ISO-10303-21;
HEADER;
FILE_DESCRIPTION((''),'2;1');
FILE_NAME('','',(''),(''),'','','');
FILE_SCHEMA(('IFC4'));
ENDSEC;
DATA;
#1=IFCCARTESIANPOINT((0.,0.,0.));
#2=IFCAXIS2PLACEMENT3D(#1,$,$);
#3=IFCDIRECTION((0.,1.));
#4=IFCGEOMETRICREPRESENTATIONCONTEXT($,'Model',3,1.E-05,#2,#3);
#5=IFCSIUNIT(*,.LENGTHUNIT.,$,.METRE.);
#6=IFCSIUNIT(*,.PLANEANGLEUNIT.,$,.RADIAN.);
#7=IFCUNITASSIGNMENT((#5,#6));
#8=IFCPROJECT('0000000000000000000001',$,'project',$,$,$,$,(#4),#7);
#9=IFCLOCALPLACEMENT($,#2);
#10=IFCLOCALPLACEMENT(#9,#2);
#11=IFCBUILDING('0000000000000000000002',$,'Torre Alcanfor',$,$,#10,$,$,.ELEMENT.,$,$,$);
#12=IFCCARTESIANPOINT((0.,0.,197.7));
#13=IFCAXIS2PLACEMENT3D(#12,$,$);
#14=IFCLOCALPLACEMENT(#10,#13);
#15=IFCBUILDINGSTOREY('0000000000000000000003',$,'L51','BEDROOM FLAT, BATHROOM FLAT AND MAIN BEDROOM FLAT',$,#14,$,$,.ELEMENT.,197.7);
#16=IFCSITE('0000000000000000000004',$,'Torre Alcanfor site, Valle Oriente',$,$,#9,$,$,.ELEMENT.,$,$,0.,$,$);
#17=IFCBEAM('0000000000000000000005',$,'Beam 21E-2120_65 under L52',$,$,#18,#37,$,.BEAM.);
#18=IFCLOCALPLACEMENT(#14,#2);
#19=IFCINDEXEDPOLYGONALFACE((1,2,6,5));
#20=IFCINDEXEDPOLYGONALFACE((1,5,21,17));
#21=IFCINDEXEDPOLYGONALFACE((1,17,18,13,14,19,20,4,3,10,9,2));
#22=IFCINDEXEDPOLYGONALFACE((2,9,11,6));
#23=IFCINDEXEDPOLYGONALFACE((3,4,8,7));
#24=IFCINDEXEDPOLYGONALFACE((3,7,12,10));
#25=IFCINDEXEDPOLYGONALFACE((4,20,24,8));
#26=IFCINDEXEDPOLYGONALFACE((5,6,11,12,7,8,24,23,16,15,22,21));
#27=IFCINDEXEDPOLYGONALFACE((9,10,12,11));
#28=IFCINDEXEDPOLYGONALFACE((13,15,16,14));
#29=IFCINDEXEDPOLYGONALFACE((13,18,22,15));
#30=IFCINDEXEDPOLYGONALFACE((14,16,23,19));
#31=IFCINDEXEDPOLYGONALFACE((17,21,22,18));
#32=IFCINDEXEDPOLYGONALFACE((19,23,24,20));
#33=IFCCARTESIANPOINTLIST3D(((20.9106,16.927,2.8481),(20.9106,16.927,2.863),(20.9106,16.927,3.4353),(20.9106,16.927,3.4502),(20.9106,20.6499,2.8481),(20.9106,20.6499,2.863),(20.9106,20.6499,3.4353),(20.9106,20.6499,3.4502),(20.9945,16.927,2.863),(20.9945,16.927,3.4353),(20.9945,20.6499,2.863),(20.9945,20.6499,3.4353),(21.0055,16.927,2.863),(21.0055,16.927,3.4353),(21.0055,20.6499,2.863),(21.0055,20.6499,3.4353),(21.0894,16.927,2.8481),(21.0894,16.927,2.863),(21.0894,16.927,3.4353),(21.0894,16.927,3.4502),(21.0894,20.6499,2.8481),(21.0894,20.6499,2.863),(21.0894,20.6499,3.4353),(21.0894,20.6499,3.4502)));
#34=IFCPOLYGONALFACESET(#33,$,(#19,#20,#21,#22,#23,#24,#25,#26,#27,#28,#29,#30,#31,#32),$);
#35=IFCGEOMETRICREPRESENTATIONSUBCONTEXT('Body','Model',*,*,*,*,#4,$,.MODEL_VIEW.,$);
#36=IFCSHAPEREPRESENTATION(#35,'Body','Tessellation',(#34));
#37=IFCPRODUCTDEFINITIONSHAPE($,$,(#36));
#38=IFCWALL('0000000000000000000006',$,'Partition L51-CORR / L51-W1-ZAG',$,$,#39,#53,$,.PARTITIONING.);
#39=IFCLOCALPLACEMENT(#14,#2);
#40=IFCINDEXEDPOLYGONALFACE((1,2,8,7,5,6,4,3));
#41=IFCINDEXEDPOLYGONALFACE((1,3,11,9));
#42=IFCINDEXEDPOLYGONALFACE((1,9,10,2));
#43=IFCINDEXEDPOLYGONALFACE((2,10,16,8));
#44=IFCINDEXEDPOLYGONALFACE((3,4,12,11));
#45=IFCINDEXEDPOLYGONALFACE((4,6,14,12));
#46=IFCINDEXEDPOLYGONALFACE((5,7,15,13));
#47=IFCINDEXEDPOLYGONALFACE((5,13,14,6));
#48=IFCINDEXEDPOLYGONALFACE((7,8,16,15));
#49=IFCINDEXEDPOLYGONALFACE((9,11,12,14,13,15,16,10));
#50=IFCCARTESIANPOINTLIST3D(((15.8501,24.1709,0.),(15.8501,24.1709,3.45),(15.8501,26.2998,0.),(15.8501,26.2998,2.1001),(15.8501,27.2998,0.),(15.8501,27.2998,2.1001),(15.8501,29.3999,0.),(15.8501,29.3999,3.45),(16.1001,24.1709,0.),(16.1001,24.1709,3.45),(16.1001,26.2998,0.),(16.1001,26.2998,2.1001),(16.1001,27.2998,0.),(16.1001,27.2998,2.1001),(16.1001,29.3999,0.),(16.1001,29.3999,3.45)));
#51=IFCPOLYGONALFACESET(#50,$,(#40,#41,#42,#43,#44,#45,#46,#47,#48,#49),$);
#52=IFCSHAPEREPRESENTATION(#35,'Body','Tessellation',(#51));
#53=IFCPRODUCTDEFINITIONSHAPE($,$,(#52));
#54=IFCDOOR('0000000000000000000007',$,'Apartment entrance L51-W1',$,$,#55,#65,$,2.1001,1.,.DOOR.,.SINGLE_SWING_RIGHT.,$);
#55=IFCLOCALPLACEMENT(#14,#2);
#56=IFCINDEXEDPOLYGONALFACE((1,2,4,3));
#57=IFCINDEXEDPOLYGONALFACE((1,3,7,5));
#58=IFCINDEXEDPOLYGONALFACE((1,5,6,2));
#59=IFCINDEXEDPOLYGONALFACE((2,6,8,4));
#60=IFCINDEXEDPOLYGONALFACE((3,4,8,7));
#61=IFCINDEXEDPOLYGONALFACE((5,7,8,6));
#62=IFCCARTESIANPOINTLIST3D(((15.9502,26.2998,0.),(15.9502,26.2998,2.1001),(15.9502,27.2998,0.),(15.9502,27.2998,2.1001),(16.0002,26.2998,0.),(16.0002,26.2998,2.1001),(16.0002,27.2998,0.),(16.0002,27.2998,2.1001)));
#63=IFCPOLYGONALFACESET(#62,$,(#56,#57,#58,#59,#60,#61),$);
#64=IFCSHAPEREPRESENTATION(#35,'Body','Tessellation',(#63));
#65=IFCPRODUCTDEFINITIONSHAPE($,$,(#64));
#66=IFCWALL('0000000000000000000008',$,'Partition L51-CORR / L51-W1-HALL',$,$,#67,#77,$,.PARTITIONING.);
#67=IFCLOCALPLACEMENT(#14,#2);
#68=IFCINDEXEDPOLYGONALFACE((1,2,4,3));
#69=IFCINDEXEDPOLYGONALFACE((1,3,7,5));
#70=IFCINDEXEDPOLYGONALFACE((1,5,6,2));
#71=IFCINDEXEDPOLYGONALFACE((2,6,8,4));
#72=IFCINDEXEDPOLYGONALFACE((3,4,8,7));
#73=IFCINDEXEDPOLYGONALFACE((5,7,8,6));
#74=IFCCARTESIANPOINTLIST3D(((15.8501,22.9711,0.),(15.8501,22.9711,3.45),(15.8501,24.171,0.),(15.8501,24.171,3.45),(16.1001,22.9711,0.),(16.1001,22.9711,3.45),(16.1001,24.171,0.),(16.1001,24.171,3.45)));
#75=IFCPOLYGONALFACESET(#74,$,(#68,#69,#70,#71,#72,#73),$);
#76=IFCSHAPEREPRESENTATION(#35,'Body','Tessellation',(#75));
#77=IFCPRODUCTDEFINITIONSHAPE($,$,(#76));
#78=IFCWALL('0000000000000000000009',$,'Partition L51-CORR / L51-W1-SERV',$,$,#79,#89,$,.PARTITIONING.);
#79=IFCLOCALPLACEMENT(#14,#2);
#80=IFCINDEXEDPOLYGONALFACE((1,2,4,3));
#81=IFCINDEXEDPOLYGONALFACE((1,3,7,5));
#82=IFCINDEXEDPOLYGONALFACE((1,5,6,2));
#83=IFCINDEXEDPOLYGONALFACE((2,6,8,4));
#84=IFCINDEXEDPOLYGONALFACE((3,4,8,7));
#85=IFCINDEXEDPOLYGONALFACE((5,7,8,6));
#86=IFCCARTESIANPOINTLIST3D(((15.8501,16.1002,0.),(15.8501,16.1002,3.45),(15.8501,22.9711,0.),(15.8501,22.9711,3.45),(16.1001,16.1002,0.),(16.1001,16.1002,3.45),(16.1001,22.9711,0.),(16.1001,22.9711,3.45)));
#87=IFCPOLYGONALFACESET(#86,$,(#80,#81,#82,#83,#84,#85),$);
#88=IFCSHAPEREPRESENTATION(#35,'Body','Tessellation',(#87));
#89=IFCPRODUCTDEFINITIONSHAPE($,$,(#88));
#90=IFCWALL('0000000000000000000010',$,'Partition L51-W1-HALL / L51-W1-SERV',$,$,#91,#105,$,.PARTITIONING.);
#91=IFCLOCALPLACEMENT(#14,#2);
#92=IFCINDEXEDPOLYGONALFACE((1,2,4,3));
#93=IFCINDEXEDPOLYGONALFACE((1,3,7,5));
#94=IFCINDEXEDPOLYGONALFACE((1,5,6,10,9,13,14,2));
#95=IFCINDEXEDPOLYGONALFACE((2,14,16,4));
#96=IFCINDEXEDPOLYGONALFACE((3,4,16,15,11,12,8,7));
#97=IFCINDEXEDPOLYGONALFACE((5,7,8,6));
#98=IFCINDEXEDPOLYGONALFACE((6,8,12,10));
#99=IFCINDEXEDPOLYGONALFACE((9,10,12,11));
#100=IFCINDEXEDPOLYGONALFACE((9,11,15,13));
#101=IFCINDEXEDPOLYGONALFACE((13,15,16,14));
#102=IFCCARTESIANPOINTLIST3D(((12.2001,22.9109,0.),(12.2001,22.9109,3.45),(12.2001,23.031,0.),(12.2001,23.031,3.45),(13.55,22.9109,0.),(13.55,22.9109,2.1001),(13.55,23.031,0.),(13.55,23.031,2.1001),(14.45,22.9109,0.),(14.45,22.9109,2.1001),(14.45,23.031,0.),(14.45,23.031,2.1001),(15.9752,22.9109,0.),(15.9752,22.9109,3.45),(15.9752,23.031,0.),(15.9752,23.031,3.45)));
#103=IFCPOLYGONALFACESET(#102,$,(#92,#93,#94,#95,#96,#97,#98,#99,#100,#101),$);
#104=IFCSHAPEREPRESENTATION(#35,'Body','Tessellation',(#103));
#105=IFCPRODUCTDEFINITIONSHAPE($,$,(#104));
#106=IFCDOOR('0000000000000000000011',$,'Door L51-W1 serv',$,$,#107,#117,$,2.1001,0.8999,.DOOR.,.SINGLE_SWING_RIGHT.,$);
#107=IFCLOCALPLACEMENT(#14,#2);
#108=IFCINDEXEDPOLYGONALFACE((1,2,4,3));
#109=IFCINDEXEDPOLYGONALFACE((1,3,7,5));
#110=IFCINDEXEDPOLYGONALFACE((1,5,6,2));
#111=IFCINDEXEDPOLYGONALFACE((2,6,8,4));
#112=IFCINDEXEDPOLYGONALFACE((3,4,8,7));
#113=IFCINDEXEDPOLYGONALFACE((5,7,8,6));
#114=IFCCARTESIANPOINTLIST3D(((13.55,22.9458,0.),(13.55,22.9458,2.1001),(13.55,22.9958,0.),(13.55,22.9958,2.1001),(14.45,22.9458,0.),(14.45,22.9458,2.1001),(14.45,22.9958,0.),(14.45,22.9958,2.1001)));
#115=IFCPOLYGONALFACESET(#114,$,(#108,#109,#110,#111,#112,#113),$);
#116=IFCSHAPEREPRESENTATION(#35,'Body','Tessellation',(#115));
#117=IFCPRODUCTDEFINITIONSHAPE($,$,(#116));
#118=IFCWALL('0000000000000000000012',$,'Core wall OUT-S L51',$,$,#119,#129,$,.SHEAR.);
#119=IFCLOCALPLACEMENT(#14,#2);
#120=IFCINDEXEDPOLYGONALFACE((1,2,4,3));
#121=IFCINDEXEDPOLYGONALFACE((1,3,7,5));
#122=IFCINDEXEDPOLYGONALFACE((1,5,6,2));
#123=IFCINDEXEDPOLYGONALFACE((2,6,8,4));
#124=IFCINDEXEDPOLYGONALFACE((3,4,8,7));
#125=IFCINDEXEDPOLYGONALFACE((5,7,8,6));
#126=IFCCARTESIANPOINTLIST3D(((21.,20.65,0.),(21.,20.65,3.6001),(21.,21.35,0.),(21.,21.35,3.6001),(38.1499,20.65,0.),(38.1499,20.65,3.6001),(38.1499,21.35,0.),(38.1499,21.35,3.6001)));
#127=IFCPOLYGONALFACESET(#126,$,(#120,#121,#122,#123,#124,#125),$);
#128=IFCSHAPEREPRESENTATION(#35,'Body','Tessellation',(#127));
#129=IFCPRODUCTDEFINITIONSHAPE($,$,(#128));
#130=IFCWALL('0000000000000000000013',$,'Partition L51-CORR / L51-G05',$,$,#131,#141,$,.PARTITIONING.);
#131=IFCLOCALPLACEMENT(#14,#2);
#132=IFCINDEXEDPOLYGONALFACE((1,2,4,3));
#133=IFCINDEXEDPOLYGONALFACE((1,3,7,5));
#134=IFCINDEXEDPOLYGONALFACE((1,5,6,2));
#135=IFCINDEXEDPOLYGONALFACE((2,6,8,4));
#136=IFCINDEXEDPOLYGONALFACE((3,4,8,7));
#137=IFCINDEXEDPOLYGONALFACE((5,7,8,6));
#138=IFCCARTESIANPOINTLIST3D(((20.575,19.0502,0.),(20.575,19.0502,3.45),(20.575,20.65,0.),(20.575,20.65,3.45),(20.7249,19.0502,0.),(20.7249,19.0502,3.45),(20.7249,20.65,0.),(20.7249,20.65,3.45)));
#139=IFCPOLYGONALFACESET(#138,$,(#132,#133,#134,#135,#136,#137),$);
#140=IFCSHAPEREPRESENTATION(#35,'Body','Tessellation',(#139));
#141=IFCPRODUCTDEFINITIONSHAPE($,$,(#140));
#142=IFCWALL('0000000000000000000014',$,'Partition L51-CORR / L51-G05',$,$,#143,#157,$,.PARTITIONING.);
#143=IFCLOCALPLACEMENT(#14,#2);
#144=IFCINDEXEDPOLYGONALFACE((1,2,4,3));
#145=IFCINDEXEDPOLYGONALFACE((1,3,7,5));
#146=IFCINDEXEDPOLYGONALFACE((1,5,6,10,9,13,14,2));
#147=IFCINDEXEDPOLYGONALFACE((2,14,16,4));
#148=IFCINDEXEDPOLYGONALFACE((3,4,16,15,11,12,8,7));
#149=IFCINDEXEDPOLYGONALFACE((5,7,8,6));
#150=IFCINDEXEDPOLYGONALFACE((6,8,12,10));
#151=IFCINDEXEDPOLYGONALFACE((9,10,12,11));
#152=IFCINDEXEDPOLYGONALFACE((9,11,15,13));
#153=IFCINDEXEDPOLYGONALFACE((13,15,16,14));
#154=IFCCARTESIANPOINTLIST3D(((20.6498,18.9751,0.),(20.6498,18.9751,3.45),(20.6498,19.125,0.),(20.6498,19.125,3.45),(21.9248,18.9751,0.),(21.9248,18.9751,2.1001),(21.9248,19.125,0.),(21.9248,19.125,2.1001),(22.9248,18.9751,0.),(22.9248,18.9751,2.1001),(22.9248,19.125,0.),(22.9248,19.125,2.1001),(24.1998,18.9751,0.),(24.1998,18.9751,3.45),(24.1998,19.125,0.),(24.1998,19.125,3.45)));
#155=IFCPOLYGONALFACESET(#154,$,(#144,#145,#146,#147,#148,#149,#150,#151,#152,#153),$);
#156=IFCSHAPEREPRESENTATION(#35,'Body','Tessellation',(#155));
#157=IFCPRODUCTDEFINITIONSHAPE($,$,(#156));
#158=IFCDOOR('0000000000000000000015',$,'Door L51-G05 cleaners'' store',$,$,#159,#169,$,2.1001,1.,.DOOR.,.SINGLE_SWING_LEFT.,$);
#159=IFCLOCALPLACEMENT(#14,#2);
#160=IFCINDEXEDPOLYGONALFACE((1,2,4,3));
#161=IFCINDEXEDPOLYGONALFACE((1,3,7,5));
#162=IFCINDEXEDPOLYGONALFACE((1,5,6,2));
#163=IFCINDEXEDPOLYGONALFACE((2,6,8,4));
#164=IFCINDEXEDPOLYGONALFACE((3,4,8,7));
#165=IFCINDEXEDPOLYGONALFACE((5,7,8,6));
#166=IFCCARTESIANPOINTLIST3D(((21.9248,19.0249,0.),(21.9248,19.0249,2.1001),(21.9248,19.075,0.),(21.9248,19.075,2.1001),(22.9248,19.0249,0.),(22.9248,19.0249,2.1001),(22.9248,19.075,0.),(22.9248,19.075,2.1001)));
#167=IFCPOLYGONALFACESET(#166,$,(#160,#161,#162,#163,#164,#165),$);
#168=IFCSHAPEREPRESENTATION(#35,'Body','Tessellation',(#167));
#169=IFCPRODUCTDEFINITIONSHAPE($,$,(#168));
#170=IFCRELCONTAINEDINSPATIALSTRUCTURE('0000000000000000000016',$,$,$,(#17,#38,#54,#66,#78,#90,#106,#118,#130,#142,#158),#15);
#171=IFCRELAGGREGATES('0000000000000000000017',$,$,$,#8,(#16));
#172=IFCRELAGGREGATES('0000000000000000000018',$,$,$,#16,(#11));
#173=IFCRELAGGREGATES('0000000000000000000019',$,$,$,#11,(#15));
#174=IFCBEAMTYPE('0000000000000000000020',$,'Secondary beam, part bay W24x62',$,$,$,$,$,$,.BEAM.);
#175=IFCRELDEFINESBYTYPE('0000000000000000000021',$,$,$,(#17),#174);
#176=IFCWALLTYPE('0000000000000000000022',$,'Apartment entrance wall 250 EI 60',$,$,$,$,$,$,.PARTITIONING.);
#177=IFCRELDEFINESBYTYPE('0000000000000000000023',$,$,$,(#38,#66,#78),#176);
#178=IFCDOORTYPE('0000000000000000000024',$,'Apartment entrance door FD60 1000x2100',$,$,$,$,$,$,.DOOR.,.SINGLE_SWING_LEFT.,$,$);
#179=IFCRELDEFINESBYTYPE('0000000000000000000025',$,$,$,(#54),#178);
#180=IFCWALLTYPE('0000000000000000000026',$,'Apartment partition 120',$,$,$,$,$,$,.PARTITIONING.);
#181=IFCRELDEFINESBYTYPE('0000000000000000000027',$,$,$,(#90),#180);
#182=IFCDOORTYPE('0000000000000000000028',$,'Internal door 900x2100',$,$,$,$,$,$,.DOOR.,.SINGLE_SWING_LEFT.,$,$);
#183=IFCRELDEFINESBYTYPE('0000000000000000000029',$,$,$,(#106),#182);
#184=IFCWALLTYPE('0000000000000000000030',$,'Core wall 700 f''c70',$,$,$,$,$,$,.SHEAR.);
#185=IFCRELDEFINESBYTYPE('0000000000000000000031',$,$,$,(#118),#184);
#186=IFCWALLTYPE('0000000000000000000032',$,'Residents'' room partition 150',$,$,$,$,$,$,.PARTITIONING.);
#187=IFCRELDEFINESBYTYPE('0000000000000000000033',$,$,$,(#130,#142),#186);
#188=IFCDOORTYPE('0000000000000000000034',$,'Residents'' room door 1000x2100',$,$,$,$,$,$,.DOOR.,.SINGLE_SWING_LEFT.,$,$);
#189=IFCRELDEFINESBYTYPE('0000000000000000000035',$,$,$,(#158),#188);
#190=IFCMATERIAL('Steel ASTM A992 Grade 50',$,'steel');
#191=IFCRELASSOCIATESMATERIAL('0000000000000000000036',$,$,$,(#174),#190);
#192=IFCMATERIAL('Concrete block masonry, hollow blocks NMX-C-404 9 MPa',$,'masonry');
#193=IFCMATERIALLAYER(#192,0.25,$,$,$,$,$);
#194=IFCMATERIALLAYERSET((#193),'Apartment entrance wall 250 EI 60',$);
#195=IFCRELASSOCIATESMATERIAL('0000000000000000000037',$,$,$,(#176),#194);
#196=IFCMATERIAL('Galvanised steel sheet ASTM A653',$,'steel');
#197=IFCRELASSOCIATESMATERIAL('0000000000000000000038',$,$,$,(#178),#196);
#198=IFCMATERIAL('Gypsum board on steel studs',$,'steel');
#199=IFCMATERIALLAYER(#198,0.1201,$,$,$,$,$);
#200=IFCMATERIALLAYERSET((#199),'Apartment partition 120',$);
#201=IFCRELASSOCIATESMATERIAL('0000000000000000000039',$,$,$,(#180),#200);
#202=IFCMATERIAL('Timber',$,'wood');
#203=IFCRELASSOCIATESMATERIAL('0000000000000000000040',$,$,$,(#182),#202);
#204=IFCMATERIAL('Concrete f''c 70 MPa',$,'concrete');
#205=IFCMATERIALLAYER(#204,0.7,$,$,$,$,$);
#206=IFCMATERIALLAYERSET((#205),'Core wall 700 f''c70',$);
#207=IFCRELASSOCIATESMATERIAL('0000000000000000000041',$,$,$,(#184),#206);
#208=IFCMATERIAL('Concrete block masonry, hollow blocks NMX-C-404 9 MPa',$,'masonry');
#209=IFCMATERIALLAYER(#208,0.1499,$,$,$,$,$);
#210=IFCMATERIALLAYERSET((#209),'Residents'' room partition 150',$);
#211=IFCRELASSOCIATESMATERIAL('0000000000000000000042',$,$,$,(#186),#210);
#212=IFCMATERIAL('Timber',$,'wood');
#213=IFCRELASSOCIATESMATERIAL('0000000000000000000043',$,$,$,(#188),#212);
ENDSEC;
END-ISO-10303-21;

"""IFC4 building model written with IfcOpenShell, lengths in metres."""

from ifc_helpers import new_model, si_unit, direction, frame, frame_2d, origin, origin_2d, place, context, subcontext, project, spatial, rectangle, i_section, extrude, material, layer, layer_set, material_profile, profile_set, type_object, element, fill, save


model = new_model("IFC4")

# Units and contexts
model_context = context("Model", 3, precision=1e-05, world=origin(), true_north=direction((0.0, 1.0)))
body_context = subcontext(model_context, "Body", "Model", "MODEL_VIEW")
ifc_project = project(units=[si_unit("LENGTHUNIT", "METRE"), si_unit("PLANEANGLEUNIT", "RADIAN")], contexts=[model_context])

# Site, building, storey
site_placement = place(None, origin())
site = spatial("IfcSite", under=ifc_project, at=site_placement, Name="Torre Alcanfor site, Valle Oriente", CompositionType="ELEMENT", RefElevation=0.0)
building_placement = place(site_placement, origin())
building = spatial("IfcBuilding", under=site, at=building_placement, Name="Torre Alcanfor", CompositionType="ELEMENT")
storey_placement = place(building_placement, frame((0.0, 0.0, 197.7)))
storey = spatial("IfcBuildingStorey", under=building, at=storey_placement, Name="L51", Description="BEDROOM FLAT, BATHROOM FLAT AND MAIN BEDROOM FLAT", CompositionType="ELEMENT", Elevation=197.7)

# Beam
ifc_material_1 = material(Name="Steel ASTM A992 Grade 50", Category="steel")
ifc_material_profile_1 = material_profile(ifc_material_1, i_section(OverallWidth=0.1787, OverallDepth=0.6021, WebThickness=0.011, FlangeThickness=0.0149, at=origin_2d()), Name="W24x62")
ifc_profile_set_1 = profile_set([ifc_material_profile_1], Name="Steel ASTM A992 Grade 50")
beam_type_1 = type_object("IfcBeamType", Name="Secondary beam, part bay W24x62", PredefinedType="BEAM", material=ifc_profile_set_1)
beam_1_placement = place(storey_placement, frame((21.0, 16.927, 3.1492), z_axis=(0.0, 1.0, 0.0), x_axis=(-1.0, 0.0, 0.0)))
element("IfcBeam", 1, at=beam_1_placement, inside=storey, type_object=beam_type_1, Name="Beam 21E-2120_65 under L52", PredefinedType="BEAM", context=body_context, shape_type="SweptSolid", body=[
    extrude(i_section(OverallWidth=0.1787, OverallDepth=0.6021, WebThickness=0.011, FlangeThickness=0.0149, at=origin_2d()), origin(), (0.0, 0.0, 1.0), 3.7229),
])

# Wall, opening, door
ifc_material_2 = material(Name="Concrete block masonry, hollow blocks NMX-C-404 9 MPa", Category="masonry")
ifc_layer_1 = layer(ifc_material_2, 0.25)
ifc_layer_set_1 = layer_set([ifc_layer_1], Name="Apartment entrance wall 250 EI 60")
wall_type_1 = type_object("IfcWallType", Name="Apartment entrance wall 250 EI 60", PredefinedType="PARTITIONING", material=ifc_layer_set_1)
wall_1_placement = place(storey_placement, frame((15.9751, 24.1709, 0.0), z_axis=(0.0, 0.0, 1.0), x_axis=(0.0, 1.0, 0.0)))
wall_1 = element("IfcWall", 2, at=wall_1_placement, inside=storey, type_object=wall_type_1, Name="Partition L51-CORR / L51-W1-ZAG", PredefinedType="PARTITIONING", context=body_context, shape_type="SweptSolid", body=[
    extrude(rectangle(XDim=5.229, YDim=0.25, at=frame_2d((2.6145, 0.0))), origin(), (0.0, 0.0, 1.0), 3.45),
])
opening_1_placement = place(wall_1_placement, frame((2.1289, 0.0, 0.0)))
opening_1 = element("IfcOpeningElement", 3, at=opening_1_placement, cuts=wall_1, PredefinedType="OPENING", context=body_context, shape_type="SweptSolid", body=[
    extrude(rectangle(XDim=1.0, YDim=2.1001, at=frame_2d((0.5, 1.05))), frame((0.0, 0.135, 0.0), z_axis=(0.0, -1.0, 0.0), x_axis=(1.0, 0.0, 0.0)), (0.0, 0.0, 1.0), 0.27),
])
ifc_material_3 = material(Name="Galvanised steel sheet ASTM A653", Category="steel")
door_type_1 = type_object("IfcDoorType", Name="Apartment entrance door FD60 1000x2100", OperationType="SINGLE_SWING_LEFT", PredefinedType="DOOR", material=ifc_material_3)
door_1_placement = place(opening_1_placement, origin())
door_1 = element("IfcDoor", 4, at=door_1_placement, inside=storey, type_object=door_type_1, Name="Apartment entrance L51-W1", OperationType="SINGLE_SWING_RIGHT", OverallHeight=2.1001, OverallWidth=1.0, PredefinedType="DOOR", context=body_context, shape_type="SweptSolid", body=[
    extrude(rectangle(XDim=1.0, YDim=2.1001, at=frame_2d((0.5, 1.05))), frame((0.0, 0.0249, 0.0), z_axis=(0.0, -1.0, 0.0), x_axis=(1.0, 0.0, 0.0)), (0.0, 0.0, 1.0), 0.05),
])
fill(opening_1, door_1)

# Walls
wall_2_placement = place(storey_placement, frame((15.9751, 22.9709, 0.0), z_axis=(0.0, 0.0, 1.0), x_axis=(0.0, 1.0, 0.0)))
element("IfcWall", 5, at=wall_2_placement, inside=storey, type_object=wall_type_1, Name="Partition L51-CORR / L51-W1-HALL", PredefinedType="PARTITIONING", context=body_context, shape_type="SweptSolid", body=[
    extrude(rectangle(XDim=1.2, YDim=0.25, at=frame_2d((0.6001, 0.0))), origin(), (0.0, 0.0, 1.0), 3.45),
])
wall_3_placement = place(storey_placement, frame((15.9751, 16.1001, 0.0), z_axis=(0.0, 0.0, 1.0), x_axis=(0.0, 1.0, 0.0)))
element("IfcWall", 6, at=wall_3_placement, inside=storey, type_object=wall_type_1, Name="Partition L51-CORR / L51-W1-SERV", PredefinedType="PARTITIONING", context=body_context, shape_type="SweptSolid", body=[
    extrude(rectangle(XDim=6.8708, YDim=0.25, at=frame_2d((3.4355, 0.0))), origin(), (0.0, 0.0, 1.0), 3.45),
])

# Wall, opening, door
ifc_material_4 = material(Name="Gypsum board on steel studs", Category="steel")
ifc_layer_2 = layer(ifc_material_4, 0.1201)
ifc_layer_set_2 = layer_set([ifc_layer_2], Name="Apartment partition 120")
wall_type_2 = type_object("IfcWallType", Name="Apartment partition 120", PredefinedType="PARTITIONING", material=ifc_layer_set_2)
wall_4_placement = place(storey_placement, frame((12.2, 22.9709, 0.0), z_axis=(0.0, 0.0, 1.0), x_axis=(1.0, 0.0, 0.0)))
wall_4 = element("IfcWall", 7, at=wall_4_placement, inside=storey, type_object=wall_type_2, Name="Partition L51-W1-HALL / L51-W1-SERV", PredefinedType="PARTITIONING", context=body_context, shape_type="SweptSolid", body=[
    extrude(rectangle(XDim=3.7751, YDim=0.1201, at=frame_2d((1.8877, 0.0))), origin(), (0.0, 0.0, 1.0), 3.45),
])
opening_2_placement = place(wall_4_placement, frame((1.3501, 0.0, 0.0)))
opening_2 = element("IfcOpeningElement", 8, at=opening_2_placement, cuts=wall_4, PredefinedType="OPENING", context=body_context, shape_type="SweptSolid", body=[
    extrude(rectangle(XDim=0.8999, YDim=2.1001, at=frame_2d((0.45, 1.05))), frame((0.0, 0.0701, 0.0), z_axis=(0.0, -1.0, 0.0), x_axis=(1.0, 0.0, 0.0)), (0.0, 0.0, 1.0), 0.1401),
])
ifc_material_5 = material(Name="Timber", Category="wood")
door_type_2 = type_object("IfcDoorType", Name="Internal door 900x2100", OperationType="SINGLE_SWING_LEFT", PredefinedType="DOOR", material=ifc_material_5)
door_2_placement = place(opening_2_placement, frame((0.8999, 0.0, 0.0), z_axis=(0.0, 0.0, 1.0), x_axis=(-1.0, 0.0, 0.0)))
door_2 = element("IfcDoor", 9, at=door_2_placement, inside=storey, type_object=door_type_2, Name="Door L51-W1 serv", OperationType="SINGLE_SWING_RIGHT", OverallHeight=2.1001, OverallWidth=0.8999, PredefinedType="DOOR", context=body_context, shape_type="SweptSolid", body=[
    extrude(rectangle(XDim=0.8999, YDim=2.1001, at=frame_2d((0.45, 1.05))), frame((0.0, 0.0251, 0.0), z_axis=(0.0, -1.0, 0.0), x_axis=(1.0, 0.0, 0.0)), (0.0, 0.0, 1.0), 0.05),
])
fill(opening_2, door_2)

# Walls
ifc_material_6 = material(Name="Concrete f'c 70 MPa", Category="concrete")
ifc_layer_3 = layer(ifc_material_6, 0.7)
ifc_layer_set_3 = layer_set([ifc_layer_3], Name="Core wall 700 f'c70")
wall_type_3 = type_object("IfcWallType", Name="Core wall 700 f'c70", PredefinedType="SHEAR", material=ifc_layer_set_3)
wall_5_placement = place(storey_placement, frame((21.0, 21.0, 0.0), z_axis=(0.0, 0.0, 1.0), x_axis=(1.0, 0.0, 0.0)))
element("IfcWall", 10, at=wall_5_placement, inside=storey, type_object=wall_type_3, Name="Core wall OUT-S L51", PredefinedType="SHEAR", context=body_context, shape_type="SweptSolid", body=[
    extrude(rectangle(XDim=17.1499, YDim=0.7, at=frame_2d((8.575, 0.0))), origin(), (0.0, 0.0, 1.0), 3.6001),
])
ifc_material_7 = material(Name="Concrete block masonry, hollow blocks NMX-C-404 9 MPa", Category="masonry")
ifc_layer_4 = layer(ifc_material_7, 0.1499)
ifc_layer_set_4 = layer_set([ifc_layer_4], Name="Residents' room partition 150")
wall_type_4 = type_object("IfcWallType", Name="Residents' room partition 150", PredefinedType="PARTITIONING", material=ifc_layer_set_4)
wall_6_placement = place(storey_placement, frame((20.6499, 20.6499, 0.0), z_axis=(0.0, 0.0, 1.0), x_axis=(0.0, -1.0, 0.0)))
element("IfcWall", 11, at=wall_6_placement, inside=storey, type_object=wall_type_4, Name="Partition L51-CORR / L51-G05", PredefinedType="PARTITIONING", context=body_context, shape_type="SweptSolid", body=[
    extrude(rectangle(XDim=1.5999, YDim=0.1499, at=frame_2d((0.7998, 0.0))), origin(), (0.0, 0.0, 1.0), 3.45),
])

# Wall, opening, door
wall_7_placement = place(storey_placement, frame((20.6499, 19.05, 0.0), z_axis=(0.0, 0.0, 1.0), x_axis=(1.0, 0.0, 0.0)))
wall_7 = element("IfcWall", 12, at=wall_7_placement, inside=storey, type_object=wall_type_4, Name="Partition L51-CORR / L51-G05", PredefinedType="PARTITIONING", context=body_context, shape_type="SweptSolid", body=[
    extrude(rectangle(XDim=3.55, YDim=0.1499, at=frame_2d((1.7749, 0.0))), origin(), (0.0, 0.0, 1.0), 3.45),
])
opening_3_placement = place(wall_7_placement, frame((1.2749, 0.0, 0.0)))
opening_3 = element("IfcOpeningElement", 13, at=opening_3_placement, cuts=wall_7, PredefinedType="OPENING", context=body_context, shape_type="SweptSolid", body=[
    extrude(rectangle(XDim=1.0, YDim=2.1001, at=frame_2d((0.5, 1.05))), frame((0.0, 0.085, 0.0), z_axis=(0.0, -1.0, 0.0), x_axis=(1.0, 0.0, 0.0)), (0.0, 0.0, 1.0), 0.1699),
])
ifc_material_8 = material(Name="Timber", Category="wood")
door_type_3 = type_object("IfcDoorType", Name="Residents' room door 1000x2100", OperationType="SINGLE_SWING_LEFT", PredefinedType="DOOR", material=ifc_material_8)
door_3_placement = place(opening_3_placement, origin())
door_3 = element("IfcDoor", 14, at=door_3_placement, inside=storey, type_object=door_type_3, Name="Door L51-G05 cleaners' store", OperationType="SINGLE_SWING_LEFT", OverallHeight=2.1001, OverallWidth=1.0, PredefinedType="DOOR", context=body_context, shape_type="SweptSolid", body=[
    extrude(rectangle(XDim=1.0, YDim=2.1001, at=frame_2d((0.5, 1.05))), frame((0.0, 0.0249, 0.0), z_axis=(0.0, -1.0, 0.0), x_axis=(1.0, 0.0, 0.0)), (0.0, 0.0, 1.0), 0.05),
])
fill(opening_3, door_3)

save(model, "model.ifc")
